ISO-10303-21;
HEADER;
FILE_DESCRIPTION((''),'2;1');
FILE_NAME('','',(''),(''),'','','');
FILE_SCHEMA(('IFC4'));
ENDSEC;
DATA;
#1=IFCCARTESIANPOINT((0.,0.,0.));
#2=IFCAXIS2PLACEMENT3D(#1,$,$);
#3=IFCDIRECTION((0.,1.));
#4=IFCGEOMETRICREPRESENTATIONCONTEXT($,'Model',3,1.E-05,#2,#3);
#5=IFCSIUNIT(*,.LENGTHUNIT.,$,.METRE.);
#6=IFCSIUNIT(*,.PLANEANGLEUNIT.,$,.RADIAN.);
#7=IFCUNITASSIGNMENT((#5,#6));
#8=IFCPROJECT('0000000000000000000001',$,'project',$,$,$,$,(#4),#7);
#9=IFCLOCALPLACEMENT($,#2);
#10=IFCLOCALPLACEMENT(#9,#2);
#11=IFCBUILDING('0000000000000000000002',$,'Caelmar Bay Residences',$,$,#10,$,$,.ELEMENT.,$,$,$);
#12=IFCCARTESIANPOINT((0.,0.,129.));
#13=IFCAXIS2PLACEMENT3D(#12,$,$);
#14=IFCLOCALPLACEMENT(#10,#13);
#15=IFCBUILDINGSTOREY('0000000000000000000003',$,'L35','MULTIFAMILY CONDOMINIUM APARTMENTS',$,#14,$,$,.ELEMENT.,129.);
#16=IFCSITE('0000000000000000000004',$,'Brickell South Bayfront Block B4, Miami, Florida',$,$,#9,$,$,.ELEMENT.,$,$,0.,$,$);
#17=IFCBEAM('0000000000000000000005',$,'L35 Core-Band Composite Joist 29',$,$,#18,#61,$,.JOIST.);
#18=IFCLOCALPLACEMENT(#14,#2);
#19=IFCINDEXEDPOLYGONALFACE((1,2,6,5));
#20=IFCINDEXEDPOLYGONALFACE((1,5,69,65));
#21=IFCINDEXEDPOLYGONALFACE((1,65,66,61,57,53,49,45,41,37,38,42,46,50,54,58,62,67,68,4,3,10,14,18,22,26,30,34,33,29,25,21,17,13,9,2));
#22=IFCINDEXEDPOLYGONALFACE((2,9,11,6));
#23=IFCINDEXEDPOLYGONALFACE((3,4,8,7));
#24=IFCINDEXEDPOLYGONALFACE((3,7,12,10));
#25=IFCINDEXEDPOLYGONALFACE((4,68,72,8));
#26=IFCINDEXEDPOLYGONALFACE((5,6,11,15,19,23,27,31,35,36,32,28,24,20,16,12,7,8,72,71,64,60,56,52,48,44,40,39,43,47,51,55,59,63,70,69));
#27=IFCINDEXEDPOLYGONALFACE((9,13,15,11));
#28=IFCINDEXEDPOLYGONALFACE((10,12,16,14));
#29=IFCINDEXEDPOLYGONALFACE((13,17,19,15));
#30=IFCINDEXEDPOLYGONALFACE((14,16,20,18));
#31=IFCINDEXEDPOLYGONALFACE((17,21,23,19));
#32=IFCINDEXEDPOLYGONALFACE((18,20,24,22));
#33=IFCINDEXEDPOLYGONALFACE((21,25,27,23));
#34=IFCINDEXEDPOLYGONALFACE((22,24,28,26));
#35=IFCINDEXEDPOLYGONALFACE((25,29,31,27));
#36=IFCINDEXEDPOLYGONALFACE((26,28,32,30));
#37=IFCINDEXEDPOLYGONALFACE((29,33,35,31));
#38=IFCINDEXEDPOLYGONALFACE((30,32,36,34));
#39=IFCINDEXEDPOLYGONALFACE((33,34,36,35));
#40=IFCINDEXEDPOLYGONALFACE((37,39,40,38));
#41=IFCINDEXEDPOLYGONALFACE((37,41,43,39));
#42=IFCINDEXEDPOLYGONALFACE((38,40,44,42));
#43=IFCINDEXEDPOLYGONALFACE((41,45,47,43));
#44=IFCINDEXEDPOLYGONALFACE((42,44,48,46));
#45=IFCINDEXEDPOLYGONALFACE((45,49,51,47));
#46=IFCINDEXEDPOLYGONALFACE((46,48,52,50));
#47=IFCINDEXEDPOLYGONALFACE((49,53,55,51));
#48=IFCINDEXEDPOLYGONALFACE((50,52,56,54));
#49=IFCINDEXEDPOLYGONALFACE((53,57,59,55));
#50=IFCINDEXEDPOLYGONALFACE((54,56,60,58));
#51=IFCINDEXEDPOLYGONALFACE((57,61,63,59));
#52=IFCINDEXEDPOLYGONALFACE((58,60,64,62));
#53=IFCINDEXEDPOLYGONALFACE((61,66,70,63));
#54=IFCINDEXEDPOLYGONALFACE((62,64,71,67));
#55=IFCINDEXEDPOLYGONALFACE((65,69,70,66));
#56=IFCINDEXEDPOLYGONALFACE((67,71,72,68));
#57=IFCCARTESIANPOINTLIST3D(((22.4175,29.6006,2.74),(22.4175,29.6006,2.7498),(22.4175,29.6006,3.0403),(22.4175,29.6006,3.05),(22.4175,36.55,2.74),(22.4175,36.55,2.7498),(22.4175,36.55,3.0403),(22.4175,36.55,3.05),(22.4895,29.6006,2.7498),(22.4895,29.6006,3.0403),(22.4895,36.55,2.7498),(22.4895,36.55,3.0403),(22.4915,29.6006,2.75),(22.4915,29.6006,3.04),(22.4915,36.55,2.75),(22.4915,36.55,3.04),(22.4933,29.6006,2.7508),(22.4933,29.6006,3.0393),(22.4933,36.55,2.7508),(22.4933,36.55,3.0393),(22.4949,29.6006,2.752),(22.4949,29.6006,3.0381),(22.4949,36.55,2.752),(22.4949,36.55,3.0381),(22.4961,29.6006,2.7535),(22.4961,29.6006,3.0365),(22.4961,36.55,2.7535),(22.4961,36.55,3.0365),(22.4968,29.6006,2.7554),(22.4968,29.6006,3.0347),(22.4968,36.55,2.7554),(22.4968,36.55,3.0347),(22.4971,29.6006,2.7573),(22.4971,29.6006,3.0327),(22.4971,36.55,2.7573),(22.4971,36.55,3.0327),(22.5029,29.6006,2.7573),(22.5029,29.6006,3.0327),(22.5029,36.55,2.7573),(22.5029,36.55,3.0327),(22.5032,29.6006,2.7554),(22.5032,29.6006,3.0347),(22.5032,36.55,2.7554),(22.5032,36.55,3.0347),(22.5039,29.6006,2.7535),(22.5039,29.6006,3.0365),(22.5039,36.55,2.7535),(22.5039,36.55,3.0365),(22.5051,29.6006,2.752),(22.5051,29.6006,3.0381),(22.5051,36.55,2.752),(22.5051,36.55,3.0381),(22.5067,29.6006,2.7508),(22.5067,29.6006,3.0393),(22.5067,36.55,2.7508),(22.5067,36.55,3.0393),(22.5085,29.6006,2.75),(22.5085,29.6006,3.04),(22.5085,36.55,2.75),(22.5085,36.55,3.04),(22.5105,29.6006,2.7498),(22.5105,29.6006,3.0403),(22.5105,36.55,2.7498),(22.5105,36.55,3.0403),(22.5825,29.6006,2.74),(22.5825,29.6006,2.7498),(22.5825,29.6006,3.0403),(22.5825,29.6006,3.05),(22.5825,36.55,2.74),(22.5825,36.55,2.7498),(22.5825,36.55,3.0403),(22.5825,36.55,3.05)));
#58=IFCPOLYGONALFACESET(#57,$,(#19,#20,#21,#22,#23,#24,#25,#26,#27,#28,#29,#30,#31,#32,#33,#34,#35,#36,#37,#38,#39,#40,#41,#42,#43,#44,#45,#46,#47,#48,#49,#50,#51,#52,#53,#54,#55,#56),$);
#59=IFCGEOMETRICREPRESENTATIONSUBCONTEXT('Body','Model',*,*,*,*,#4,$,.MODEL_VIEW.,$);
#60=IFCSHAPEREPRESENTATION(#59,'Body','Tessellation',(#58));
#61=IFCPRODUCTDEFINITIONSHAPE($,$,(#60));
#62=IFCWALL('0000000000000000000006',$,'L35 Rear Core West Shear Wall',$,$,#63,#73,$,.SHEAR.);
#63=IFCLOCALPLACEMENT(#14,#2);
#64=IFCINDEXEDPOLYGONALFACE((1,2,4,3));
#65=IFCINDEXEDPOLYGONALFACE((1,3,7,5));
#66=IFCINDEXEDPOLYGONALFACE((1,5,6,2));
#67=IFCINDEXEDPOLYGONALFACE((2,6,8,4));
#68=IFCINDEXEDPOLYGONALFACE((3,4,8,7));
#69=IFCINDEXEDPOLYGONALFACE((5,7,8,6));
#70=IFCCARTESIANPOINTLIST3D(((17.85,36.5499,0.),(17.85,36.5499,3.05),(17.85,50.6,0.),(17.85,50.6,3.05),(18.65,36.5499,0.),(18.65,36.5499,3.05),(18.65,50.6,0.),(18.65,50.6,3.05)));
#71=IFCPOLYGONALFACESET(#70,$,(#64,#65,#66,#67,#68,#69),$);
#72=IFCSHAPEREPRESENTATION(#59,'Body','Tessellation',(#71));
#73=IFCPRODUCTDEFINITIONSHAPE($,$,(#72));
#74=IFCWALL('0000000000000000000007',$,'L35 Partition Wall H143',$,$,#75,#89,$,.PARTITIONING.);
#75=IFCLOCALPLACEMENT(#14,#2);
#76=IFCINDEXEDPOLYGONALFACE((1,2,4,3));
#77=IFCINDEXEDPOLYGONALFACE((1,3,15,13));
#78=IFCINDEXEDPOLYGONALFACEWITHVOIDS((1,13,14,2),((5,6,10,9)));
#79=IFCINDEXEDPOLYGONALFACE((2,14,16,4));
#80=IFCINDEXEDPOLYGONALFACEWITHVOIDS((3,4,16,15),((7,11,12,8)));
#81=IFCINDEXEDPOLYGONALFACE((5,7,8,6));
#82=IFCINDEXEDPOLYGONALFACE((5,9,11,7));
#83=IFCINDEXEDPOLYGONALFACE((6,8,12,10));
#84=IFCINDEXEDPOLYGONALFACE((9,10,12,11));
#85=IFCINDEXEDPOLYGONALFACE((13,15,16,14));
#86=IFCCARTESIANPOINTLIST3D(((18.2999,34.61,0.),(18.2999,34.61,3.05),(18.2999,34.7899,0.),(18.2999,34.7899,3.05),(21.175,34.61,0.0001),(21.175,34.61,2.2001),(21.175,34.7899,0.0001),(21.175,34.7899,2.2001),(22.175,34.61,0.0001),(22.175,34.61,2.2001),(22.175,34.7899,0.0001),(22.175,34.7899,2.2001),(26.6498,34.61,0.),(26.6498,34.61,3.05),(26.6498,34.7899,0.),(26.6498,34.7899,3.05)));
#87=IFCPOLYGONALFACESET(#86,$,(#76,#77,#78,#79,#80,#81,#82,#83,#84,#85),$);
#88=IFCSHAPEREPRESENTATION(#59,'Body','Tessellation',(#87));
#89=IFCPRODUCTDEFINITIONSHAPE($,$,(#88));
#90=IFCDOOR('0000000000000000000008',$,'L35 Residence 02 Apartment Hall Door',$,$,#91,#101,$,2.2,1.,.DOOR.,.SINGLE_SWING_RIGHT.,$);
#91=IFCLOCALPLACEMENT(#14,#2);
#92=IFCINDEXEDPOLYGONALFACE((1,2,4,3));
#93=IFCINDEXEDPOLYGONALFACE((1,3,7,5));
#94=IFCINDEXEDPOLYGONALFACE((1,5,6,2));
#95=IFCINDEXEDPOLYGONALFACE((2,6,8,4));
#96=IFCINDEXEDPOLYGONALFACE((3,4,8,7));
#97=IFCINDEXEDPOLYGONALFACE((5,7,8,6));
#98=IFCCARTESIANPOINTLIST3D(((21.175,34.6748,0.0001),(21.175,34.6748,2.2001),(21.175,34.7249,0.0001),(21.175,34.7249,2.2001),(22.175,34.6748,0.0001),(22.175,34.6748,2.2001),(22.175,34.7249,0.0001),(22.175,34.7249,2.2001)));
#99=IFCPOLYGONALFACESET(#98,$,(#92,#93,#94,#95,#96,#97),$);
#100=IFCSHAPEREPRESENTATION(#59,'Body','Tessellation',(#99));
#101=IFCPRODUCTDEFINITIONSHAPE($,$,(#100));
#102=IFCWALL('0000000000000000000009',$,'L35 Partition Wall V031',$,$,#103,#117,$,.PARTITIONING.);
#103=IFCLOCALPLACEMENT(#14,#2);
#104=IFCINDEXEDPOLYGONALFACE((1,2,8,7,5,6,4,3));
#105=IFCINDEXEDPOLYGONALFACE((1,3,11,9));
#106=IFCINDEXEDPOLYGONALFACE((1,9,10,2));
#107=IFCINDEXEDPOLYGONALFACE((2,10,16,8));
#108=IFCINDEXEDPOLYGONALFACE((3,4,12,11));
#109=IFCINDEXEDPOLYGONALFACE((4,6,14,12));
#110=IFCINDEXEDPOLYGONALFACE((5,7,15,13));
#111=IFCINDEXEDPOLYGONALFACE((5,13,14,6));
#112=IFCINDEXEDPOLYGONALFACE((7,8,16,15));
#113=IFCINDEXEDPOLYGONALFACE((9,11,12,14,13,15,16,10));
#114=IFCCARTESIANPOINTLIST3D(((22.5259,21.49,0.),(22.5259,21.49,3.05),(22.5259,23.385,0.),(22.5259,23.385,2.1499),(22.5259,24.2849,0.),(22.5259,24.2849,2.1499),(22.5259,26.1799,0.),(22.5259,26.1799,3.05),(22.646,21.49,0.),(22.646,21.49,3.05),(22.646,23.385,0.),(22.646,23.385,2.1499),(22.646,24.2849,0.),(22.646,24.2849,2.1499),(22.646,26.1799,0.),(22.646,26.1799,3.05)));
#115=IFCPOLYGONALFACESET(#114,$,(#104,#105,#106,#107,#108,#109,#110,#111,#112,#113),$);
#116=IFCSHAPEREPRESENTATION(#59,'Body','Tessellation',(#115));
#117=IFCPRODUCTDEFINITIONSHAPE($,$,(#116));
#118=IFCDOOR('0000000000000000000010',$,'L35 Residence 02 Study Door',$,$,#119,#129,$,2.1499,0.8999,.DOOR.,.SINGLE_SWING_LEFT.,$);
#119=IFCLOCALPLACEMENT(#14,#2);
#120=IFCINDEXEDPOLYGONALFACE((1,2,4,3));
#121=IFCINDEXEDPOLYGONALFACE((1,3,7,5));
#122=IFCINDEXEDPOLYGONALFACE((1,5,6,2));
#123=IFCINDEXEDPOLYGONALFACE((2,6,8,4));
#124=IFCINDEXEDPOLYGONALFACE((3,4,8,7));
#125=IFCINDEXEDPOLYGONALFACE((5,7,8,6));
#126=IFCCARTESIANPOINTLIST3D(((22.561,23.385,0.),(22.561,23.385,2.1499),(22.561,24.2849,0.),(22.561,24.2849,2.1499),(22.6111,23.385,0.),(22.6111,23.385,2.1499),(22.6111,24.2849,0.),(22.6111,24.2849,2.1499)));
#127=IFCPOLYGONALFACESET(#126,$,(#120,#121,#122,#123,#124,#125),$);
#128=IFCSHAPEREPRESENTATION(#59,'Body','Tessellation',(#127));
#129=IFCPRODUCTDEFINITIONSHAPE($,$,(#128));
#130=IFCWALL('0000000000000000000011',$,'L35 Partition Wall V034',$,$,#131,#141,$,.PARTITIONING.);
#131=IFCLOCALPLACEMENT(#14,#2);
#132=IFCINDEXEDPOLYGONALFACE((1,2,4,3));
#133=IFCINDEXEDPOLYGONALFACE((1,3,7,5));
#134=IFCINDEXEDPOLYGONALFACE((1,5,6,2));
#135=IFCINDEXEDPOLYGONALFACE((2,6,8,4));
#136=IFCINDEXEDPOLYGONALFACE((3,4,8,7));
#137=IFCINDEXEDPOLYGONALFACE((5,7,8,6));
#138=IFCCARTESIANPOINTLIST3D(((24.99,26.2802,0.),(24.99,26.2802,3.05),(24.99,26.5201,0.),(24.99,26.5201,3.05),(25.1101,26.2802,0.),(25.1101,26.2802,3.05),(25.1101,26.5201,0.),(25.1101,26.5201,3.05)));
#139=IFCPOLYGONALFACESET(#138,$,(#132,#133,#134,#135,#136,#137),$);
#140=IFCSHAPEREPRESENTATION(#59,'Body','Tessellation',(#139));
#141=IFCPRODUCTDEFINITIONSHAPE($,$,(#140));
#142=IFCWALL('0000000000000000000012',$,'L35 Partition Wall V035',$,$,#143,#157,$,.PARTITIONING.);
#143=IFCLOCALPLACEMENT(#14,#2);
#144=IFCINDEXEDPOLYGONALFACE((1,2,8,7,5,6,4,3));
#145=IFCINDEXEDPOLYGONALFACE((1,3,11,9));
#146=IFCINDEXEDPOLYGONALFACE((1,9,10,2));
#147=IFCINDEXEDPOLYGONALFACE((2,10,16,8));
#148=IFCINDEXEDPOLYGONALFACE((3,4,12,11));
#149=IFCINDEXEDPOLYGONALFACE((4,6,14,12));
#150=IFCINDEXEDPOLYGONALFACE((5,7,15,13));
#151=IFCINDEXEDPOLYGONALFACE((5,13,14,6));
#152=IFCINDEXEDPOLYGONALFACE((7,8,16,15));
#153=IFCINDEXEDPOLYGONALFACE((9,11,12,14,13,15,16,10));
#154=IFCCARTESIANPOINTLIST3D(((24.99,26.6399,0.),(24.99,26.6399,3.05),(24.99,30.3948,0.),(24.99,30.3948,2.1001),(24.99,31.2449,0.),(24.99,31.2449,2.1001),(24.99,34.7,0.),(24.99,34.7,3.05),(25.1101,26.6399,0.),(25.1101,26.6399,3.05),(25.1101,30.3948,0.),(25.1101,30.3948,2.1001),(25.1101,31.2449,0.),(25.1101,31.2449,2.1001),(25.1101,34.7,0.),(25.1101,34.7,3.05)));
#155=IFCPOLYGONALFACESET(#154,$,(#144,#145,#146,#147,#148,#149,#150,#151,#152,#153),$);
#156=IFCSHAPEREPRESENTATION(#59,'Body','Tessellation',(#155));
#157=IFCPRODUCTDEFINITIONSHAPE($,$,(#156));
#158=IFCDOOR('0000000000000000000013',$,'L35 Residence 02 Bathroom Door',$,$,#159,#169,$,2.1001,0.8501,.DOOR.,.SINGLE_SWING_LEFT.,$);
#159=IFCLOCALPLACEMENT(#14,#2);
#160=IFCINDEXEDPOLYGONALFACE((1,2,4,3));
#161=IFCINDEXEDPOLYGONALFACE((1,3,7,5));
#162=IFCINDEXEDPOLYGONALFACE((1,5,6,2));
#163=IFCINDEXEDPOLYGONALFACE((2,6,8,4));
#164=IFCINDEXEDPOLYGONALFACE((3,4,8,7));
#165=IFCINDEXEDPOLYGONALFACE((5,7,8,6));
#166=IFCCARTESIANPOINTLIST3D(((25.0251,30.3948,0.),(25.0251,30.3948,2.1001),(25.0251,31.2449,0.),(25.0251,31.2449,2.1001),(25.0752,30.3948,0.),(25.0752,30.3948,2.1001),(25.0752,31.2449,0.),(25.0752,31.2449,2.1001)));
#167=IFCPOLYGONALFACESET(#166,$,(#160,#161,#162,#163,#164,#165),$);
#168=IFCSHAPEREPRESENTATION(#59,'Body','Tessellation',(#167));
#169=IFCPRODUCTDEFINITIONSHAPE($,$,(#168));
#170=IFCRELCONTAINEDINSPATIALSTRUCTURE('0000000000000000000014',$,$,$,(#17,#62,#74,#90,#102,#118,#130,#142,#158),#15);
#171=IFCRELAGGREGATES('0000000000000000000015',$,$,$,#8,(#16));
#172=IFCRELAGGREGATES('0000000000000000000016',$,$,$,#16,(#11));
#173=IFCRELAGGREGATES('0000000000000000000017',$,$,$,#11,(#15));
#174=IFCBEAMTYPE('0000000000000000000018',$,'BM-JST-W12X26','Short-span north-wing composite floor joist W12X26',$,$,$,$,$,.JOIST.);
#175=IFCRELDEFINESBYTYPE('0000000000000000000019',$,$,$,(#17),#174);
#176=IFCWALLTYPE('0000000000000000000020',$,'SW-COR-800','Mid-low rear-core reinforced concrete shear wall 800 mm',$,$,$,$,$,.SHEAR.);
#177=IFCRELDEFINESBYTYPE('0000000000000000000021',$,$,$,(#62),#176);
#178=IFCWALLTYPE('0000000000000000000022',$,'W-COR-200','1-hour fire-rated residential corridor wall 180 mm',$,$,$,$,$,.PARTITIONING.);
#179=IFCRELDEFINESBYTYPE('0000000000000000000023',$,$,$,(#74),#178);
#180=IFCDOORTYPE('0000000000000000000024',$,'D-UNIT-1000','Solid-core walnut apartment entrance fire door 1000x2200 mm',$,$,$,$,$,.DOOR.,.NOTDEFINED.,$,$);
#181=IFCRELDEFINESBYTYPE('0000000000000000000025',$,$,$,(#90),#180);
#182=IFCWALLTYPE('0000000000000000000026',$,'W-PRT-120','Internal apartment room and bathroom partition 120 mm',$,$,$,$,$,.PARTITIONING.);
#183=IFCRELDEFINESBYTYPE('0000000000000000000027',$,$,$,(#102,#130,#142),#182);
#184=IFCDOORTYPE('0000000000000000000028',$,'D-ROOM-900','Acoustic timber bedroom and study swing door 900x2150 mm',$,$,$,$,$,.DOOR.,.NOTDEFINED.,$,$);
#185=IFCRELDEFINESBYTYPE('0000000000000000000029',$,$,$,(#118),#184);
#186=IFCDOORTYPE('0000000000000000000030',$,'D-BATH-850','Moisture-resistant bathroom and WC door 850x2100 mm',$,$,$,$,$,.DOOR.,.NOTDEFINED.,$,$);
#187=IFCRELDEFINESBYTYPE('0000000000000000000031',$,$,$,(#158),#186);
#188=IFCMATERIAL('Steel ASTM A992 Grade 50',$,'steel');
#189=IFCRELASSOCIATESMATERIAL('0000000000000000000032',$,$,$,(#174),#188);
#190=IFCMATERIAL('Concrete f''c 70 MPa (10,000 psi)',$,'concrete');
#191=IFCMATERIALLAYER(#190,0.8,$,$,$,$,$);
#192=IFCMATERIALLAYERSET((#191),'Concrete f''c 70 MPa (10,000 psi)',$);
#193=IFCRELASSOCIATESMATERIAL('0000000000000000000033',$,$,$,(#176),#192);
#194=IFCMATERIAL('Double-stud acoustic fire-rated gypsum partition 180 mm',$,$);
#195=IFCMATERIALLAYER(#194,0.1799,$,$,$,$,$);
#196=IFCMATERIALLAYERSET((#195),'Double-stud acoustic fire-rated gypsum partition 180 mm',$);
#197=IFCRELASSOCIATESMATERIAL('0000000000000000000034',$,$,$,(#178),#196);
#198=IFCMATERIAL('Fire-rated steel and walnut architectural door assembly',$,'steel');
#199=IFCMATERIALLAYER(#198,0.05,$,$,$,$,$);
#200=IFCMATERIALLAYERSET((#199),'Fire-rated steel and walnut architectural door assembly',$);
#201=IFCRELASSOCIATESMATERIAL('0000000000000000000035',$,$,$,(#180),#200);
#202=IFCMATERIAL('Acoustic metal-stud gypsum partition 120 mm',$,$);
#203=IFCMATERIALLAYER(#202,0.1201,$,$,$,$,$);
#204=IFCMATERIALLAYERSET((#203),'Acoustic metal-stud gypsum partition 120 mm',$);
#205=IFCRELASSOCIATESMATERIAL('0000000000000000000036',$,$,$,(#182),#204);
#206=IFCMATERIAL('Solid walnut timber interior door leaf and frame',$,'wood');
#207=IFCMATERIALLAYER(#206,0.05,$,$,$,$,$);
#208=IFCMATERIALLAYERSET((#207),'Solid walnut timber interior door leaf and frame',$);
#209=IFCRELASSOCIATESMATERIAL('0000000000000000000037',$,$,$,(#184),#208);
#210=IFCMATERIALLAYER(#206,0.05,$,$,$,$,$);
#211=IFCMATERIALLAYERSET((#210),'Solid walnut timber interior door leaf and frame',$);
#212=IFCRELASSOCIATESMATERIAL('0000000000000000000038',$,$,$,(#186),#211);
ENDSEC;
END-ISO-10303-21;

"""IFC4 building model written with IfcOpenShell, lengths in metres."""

from ifc_helpers import new_model, si_unit, direction, frame, frame_2d, origin, origin_2d, place, context, subcontext, project, spatial, rectangle, i_section, extrude, material, layer, layer_set, material_profile, profile_set, type_object, element, fill, save


model = new_model("IFC4")

# Units and contexts
model_context = context("Model", 3, precision=1e-05, world=origin(), true_north=direction((0.0, 1.0)))
body_context = subcontext(model_context, "Body", "Model", "MODEL_VIEW")
ifc_project = project(units=[si_unit("LENGTHUNIT", "METRE"), si_unit("PLANEANGLEUNIT", "RADIAN")], contexts=[model_context])

# Site, building, storey
site_placement = place(None, origin())
site = spatial("IfcSite", under=ifc_project, at=site_placement, Name="Brickell South Bayfront Block B4, Miami, Florida", CompositionType="ELEMENT", RefElevation=0.0)
building_placement = place(site_placement, origin())
building = spatial("IfcBuilding", under=site, at=building_placement, Name="Caelmar Bay Residences", CompositionType="ELEMENT")
storey_placement = place(building_placement, frame((0.0, 0.0, 129.0)))
storey = spatial("IfcBuildingStorey", under=building, at=storey_placement, Name="L35", Description="MULTIFAMILY CONDOMINIUM APARTMENTS", CompositionType="ELEMENT", Elevation=129.0)

# Shared definitions
ifc_material_1 = material(Name="Concrete f'c 70 MPa (10,000 psi)", Category="concrete")

# Beam
ifc_material_2 = material(Name="Steel ASTM A992 Grade 50", Category="steel")
ifc_material_profile_1 = material_profile(ifc_material_2, i_section(OverallWidth=0.165, OverallDepth=0.3101, WebThickness=0.0059, FlangeThickness=0.0098, FilletRadius=0.0076, at=origin_2d()), Name="W12X26")
ifc_profile_set_1 = profile_set([ifc_material_profile_1], Name="Steel ASTM A992 Grade 50")
beam_type_1 = type_object("IfcBeamType", Name="BM-JST-W12X26", Description="Short-span north-wing composite floor joist W12X26", PredefinedType="JOIST", material=ifc_profile_set_1)
beam_1_placement = place(storey_placement, frame((22.5, 29.6006, 2.895), z_axis=(0.0, 1.0, 0.0), x_axis=(-1.0, 0.0, 0.0)))
element("IfcBeam", 1, at=beam_1_placement, inside=storey, type_object=beam_type_1, Name="L35 Core-Band Composite Joist 29", PredefinedType="JOIST", context=body_context, shape_type="SweptSolid", body=[
    extrude(i_section(OverallWidth=0.165, OverallDepth=0.3101, WebThickness=0.0059, FlangeThickness=0.0098, FilletRadius=0.0076, at=origin_2d()), origin(), (0.0, 0.0, 1.0), 6.9495),
])

# Wall
ifc_layer_1 = layer(ifc_material_1, 0.8)
ifc_layer_set_1 = layer_set([ifc_layer_1], Name="Concrete f'c 70 MPa (10,000 psi)")
wall_type_1 = type_object("IfcWallType", Name="SW-COR-800", Description="Mid-low rear-core reinforced concrete shear wall 800 mm", PredefinedType="SHEAR", material=ifc_layer_set_1)
wall_1_placement = place(storey_placement, frame((18.25, 36.55, 0.0), z_axis=(0.0, 0.0, 1.0), x_axis=(0.0, 1.0, 0.0)))
element("IfcWall", 2, at=wall_1_placement, inside=storey, type_object=wall_type_1, Name="L35 Rear Core West Shear Wall", PredefinedType="SHEAR", context=body_context, shape_type="SweptSolid", body=[
    extrude(rectangle(XDim=14.05, YDim=0.8, at=frame_2d((7.0249, 0.0))), origin(), (0.0, 0.0, 1.0), 3.05),
])

# Walls, openings, doors
ifc_material_3 = material(Name="Double-stud acoustic fire-rated gypsum partition 180 mm")
ifc_layer_2 = layer(ifc_material_3, 0.1799)
ifc_layer_set_2 = layer_set([ifc_layer_2], Name="Double-stud acoustic fire-rated gypsum partition 180 mm")
wall_type_2 = type_object("IfcWallType", Name="W-COR-200", Description="1-hour fire-rated residential corridor wall 180 mm", PredefinedType="PARTITIONING", material=ifc_layer_set_2)
wall_2_placement = place(storey_placement, frame((18.3, 34.7, 0.0), z_axis=(0.0, 0.0, 1.0), x_axis=(1.0, 0.0, 0.0)))
wall_2 = element("IfcWall", 3, at=wall_2_placement, inside=storey, type_object=wall_type_2, Name="L35 Partition Wall H143", PredefinedType="PARTITIONING", context=body_context, shape_type="SweptSolid", body=[
    extrude(rectangle(XDim=8.3499, YDim=0.1799, at=frame_2d((4.1748, 0.0))), origin(), (0.0, 0.0, 1.0), 3.05),
])
opening_1_placement = place(wall_2_placement, frame((2.875, 0.0, 0.0)))
opening_1 = element("IfcOpeningElement", 4, at=opening_1_placement, cuts=wall_2, PredefinedType="OPENING", context=body_context, shape_type="SweptSolid", body=[
    extrude(rectangle(XDim=1.0, YDim=2.2, at=frame_2d((0.5, 1.1001))), frame((0.0, 0.0999, 0.0), z_axis=(0.0, -1.0, 0.0), x_axis=(1.0, 0.0, 0.0)), (0.0, 0.0, 1.0), 0.2),
])
ifc_material_4 = material(Name="Fire-rated steel and walnut architectural door assembly", Category="steel")
ifc_layer_3 = layer(ifc_material_4, 0.05)
ifc_layer_set_3 = layer_set([ifc_layer_3], Name="Fire-rated steel and walnut architectural door assembly")
door_type_1 = type_object("IfcDoorType", Name="D-UNIT-1000", Description="Solid-core walnut apartment entrance fire door 1000x2200 mm", OperationType="NOTDEFINED", PredefinedType="DOOR", material=ifc_layer_set_3)
door_1_placement = place(opening_1_placement, origin())
door_1 = element("IfcDoor", 5, at=door_1_placement, inside=storey, type_object=door_type_1, Name="L35 Residence 02 Apartment Hall Door", OperationType="SINGLE_SWING_RIGHT", OverallHeight=2.2, OverallWidth=1.0, PredefinedType="DOOR", context=body_context, shape_type="SweptSolid", body=[
    extrude(rectangle(XDim=1.0, YDim=2.2, at=frame_2d((0.5, 1.1001))), frame((0.0, 0.0249, 0.0), z_axis=(0.0, -1.0, 0.0), x_axis=(1.0, 0.0, 0.0)), (0.0, 0.0, 1.0), 0.05),
])
fill(opening_1, door_1)
ifc_material_5 = material(Name="Acoustic metal-stud gypsum partition 120 mm")
ifc_layer_4 = layer(ifc_material_5, 0.1201)
ifc_layer_set_4 = layer_set([ifc_layer_4], Name="Acoustic metal-stud gypsum partition 120 mm")
wall_type_3 = type_object("IfcWallType", Name="W-PRT-120", Description="Internal apartment room and bathroom partition 120 mm", PredefinedType="PARTITIONING", material=ifc_layer_set_4)
wall_3_placement = place(storey_placement, frame((22.5859, 21.49, 0.0), z_axis=(0.0, 0.0, 1.0), x_axis=(0.0, 1.0, 0.0)))
wall_3 = element("IfcWall", 6, at=wall_3_placement, inside=storey, type_object=wall_type_3, Name="L35 Partition Wall V031", PredefinedType="PARTITIONING", context=body_context, shape_type="SweptSolid", body=[
    extrude(rectangle(XDim=4.6899, YDim=0.1201, at=frame_2d((2.345, 0.0))), origin(), (0.0, 0.0, 1.0), 3.05),
])
opening_2_placement = place(wall_3_placement, frame((1.895, 0.0, 0.0)))
opening_2 = element("IfcOpeningElement", 7, at=opening_2_placement, cuts=wall_3, PredefinedType="OPENING", context=body_context, shape_type="SweptSolid", body=[
    extrude(rectangle(XDim=0.8999, YDim=2.1499, at=frame_2d((0.45, 1.075))), frame((0.0, 0.0701, 0.0), z_axis=(0.0, -1.0, 0.0), x_axis=(1.0, 0.0, 0.0)), (0.0, 0.0, 1.0), 0.1401),
])
ifc_material_6 = material(Name="Solid walnut timber interior door leaf and frame", Category="wood")
ifc_layer_5 = layer(ifc_material_6, 0.05)
ifc_layer_set_5 = layer_set([ifc_layer_5], Name="Solid walnut timber interior door leaf and frame")
door_type_2 = type_object("IfcDoorType", Name="D-ROOM-900", Description="Acoustic timber bedroom and study swing door 900x2150 mm", OperationType="NOTDEFINED", PredefinedType="DOOR", material=ifc_layer_set_5)
door_2_placement = place(opening_2_placement, origin())
door_2 = element("IfcDoor", 8, at=door_2_placement, inside=storey, type_object=door_type_2, Name="L35 Residence 02 Study Door", OperationType="SINGLE_SWING_LEFT", OverallHeight=2.1499, OverallWidth=0.8999, PredefinedType="DOOR", context=body_context, shape_type="SweptSolid", body=[
    extrude(rectangle(XDim=0.8999, YDim=2.1499, at=frame_2d((0.45, 1.075))), frame((0.0, 0.0249, 0.0), z_axis=(0.0, -1.0, 0.0), x_axis=(1.0, 0.0, 0.0)), (0.0, 0.0, 1.0), 0.05),
])
fill(opening_2, door_2)

# Wall
wall_4_placement = place(storey_placement, frame((25.05, 26.28, 0.0), z_axis=(0.0, 0.0, 1.0), x_axis=(0.0, 1.0, 0.0)))
element("IfcWall", 9, at=wall_4_placement, inside=storey, type_object=wall_type_3, Name="L35 Partition Wall V034", PredefinedType="PARTITIONING", context=body_context, shape_type="SweptSolid", body=[
    extrude(rectangle(XDim=0.24, YDim=0.1201, at=frame_2d((0.1201, 0.0))), origin(), (0.0, 0.0, 1.0), 3.05),
])

# Wall, opening, door
wall_5_placement = place(storey_placement, frame((25.05, 26.6399, 0.0), z_axis=(0.0, 0.0, 1.0), x_axis=(0.0, 1.0, 0.0)))
wall_5 = element("IfcWall", 10, at=wall_5_placement, inside=storey, type_object=wall_type_3, Name="L35 Partition Wall V035", PredefinedType="PARTITIONING", context=body_context, shape_type="SweptSolid", body=[
    extrude(rectangle(XDim=8.0601, YDim=0.1201, at=frame_2d((4.03, 0.0))), origin(), (0.0, 0.0, 1.0), 3.05),
])
opening_3_placement = place(wall_5_placement, frame((3.7549, 0.0, 0.0)))
opening_3 = element("IfcOpeningElement", 11, at=opening_3_placement, cuts=wall_5, PredefinedType="OPENING", context=body_context, shape_type="SweptSolid", body=[
    extrude(rectangle(XDim=0.8501, YDim=2.1001, at=frame_2d((0.425, 1.05))), frame((0.0, 0.0701, 0.0), z_axis=(0.0, -1.0, 0.0), x_axis=(1.0, 0.0, 0.0)), (0.0, 0.0, 1.0), 0.1401),
])
ifc_layer_6 = layer(ifc_material_6, 0.05)
ifc_layer_set_6 = layer_set([ifc_layer_6], Name="Solid walnut timber interior door leaf and frame")
door_type_3 = type_object("IfcDoorType", Name="D-BATH-850", Description="Moisture-resistant bathroom and WC door 850x2100 mm", OperationType="NOTDEFINED", PredefinedType="DOOR", material=ifc_layer_set_6)
door_3_placement = place(opening_3_placement, origin())
door_3 = element("IfcDoor", 12, at=door_3_placement, inside=storey, type_object=door_type_3, Name="L35 Residence 02 Bathroom Door", OperationType="SINGLE_SWING_LEFT", OverallHeight=2.1001, OverallWidth=0.8501, PredefinedType="DOOR", context=body_context, shape_type="SweptSolid", body=[
    extrude(rectangle(XDim=0.8501, YDim=2.1001, at=frame_2d((0.425, 1.05))), frame((0.0, 0.0249, 0.0), z_axis=(0.0, -1.0, 0.0), x_axis=(1.0, 0.0, 0.0)), (0.0, 0.0, 1.0), 0.05),
])
fill(opening_3, door_3)

save(model, "model.ifc")
